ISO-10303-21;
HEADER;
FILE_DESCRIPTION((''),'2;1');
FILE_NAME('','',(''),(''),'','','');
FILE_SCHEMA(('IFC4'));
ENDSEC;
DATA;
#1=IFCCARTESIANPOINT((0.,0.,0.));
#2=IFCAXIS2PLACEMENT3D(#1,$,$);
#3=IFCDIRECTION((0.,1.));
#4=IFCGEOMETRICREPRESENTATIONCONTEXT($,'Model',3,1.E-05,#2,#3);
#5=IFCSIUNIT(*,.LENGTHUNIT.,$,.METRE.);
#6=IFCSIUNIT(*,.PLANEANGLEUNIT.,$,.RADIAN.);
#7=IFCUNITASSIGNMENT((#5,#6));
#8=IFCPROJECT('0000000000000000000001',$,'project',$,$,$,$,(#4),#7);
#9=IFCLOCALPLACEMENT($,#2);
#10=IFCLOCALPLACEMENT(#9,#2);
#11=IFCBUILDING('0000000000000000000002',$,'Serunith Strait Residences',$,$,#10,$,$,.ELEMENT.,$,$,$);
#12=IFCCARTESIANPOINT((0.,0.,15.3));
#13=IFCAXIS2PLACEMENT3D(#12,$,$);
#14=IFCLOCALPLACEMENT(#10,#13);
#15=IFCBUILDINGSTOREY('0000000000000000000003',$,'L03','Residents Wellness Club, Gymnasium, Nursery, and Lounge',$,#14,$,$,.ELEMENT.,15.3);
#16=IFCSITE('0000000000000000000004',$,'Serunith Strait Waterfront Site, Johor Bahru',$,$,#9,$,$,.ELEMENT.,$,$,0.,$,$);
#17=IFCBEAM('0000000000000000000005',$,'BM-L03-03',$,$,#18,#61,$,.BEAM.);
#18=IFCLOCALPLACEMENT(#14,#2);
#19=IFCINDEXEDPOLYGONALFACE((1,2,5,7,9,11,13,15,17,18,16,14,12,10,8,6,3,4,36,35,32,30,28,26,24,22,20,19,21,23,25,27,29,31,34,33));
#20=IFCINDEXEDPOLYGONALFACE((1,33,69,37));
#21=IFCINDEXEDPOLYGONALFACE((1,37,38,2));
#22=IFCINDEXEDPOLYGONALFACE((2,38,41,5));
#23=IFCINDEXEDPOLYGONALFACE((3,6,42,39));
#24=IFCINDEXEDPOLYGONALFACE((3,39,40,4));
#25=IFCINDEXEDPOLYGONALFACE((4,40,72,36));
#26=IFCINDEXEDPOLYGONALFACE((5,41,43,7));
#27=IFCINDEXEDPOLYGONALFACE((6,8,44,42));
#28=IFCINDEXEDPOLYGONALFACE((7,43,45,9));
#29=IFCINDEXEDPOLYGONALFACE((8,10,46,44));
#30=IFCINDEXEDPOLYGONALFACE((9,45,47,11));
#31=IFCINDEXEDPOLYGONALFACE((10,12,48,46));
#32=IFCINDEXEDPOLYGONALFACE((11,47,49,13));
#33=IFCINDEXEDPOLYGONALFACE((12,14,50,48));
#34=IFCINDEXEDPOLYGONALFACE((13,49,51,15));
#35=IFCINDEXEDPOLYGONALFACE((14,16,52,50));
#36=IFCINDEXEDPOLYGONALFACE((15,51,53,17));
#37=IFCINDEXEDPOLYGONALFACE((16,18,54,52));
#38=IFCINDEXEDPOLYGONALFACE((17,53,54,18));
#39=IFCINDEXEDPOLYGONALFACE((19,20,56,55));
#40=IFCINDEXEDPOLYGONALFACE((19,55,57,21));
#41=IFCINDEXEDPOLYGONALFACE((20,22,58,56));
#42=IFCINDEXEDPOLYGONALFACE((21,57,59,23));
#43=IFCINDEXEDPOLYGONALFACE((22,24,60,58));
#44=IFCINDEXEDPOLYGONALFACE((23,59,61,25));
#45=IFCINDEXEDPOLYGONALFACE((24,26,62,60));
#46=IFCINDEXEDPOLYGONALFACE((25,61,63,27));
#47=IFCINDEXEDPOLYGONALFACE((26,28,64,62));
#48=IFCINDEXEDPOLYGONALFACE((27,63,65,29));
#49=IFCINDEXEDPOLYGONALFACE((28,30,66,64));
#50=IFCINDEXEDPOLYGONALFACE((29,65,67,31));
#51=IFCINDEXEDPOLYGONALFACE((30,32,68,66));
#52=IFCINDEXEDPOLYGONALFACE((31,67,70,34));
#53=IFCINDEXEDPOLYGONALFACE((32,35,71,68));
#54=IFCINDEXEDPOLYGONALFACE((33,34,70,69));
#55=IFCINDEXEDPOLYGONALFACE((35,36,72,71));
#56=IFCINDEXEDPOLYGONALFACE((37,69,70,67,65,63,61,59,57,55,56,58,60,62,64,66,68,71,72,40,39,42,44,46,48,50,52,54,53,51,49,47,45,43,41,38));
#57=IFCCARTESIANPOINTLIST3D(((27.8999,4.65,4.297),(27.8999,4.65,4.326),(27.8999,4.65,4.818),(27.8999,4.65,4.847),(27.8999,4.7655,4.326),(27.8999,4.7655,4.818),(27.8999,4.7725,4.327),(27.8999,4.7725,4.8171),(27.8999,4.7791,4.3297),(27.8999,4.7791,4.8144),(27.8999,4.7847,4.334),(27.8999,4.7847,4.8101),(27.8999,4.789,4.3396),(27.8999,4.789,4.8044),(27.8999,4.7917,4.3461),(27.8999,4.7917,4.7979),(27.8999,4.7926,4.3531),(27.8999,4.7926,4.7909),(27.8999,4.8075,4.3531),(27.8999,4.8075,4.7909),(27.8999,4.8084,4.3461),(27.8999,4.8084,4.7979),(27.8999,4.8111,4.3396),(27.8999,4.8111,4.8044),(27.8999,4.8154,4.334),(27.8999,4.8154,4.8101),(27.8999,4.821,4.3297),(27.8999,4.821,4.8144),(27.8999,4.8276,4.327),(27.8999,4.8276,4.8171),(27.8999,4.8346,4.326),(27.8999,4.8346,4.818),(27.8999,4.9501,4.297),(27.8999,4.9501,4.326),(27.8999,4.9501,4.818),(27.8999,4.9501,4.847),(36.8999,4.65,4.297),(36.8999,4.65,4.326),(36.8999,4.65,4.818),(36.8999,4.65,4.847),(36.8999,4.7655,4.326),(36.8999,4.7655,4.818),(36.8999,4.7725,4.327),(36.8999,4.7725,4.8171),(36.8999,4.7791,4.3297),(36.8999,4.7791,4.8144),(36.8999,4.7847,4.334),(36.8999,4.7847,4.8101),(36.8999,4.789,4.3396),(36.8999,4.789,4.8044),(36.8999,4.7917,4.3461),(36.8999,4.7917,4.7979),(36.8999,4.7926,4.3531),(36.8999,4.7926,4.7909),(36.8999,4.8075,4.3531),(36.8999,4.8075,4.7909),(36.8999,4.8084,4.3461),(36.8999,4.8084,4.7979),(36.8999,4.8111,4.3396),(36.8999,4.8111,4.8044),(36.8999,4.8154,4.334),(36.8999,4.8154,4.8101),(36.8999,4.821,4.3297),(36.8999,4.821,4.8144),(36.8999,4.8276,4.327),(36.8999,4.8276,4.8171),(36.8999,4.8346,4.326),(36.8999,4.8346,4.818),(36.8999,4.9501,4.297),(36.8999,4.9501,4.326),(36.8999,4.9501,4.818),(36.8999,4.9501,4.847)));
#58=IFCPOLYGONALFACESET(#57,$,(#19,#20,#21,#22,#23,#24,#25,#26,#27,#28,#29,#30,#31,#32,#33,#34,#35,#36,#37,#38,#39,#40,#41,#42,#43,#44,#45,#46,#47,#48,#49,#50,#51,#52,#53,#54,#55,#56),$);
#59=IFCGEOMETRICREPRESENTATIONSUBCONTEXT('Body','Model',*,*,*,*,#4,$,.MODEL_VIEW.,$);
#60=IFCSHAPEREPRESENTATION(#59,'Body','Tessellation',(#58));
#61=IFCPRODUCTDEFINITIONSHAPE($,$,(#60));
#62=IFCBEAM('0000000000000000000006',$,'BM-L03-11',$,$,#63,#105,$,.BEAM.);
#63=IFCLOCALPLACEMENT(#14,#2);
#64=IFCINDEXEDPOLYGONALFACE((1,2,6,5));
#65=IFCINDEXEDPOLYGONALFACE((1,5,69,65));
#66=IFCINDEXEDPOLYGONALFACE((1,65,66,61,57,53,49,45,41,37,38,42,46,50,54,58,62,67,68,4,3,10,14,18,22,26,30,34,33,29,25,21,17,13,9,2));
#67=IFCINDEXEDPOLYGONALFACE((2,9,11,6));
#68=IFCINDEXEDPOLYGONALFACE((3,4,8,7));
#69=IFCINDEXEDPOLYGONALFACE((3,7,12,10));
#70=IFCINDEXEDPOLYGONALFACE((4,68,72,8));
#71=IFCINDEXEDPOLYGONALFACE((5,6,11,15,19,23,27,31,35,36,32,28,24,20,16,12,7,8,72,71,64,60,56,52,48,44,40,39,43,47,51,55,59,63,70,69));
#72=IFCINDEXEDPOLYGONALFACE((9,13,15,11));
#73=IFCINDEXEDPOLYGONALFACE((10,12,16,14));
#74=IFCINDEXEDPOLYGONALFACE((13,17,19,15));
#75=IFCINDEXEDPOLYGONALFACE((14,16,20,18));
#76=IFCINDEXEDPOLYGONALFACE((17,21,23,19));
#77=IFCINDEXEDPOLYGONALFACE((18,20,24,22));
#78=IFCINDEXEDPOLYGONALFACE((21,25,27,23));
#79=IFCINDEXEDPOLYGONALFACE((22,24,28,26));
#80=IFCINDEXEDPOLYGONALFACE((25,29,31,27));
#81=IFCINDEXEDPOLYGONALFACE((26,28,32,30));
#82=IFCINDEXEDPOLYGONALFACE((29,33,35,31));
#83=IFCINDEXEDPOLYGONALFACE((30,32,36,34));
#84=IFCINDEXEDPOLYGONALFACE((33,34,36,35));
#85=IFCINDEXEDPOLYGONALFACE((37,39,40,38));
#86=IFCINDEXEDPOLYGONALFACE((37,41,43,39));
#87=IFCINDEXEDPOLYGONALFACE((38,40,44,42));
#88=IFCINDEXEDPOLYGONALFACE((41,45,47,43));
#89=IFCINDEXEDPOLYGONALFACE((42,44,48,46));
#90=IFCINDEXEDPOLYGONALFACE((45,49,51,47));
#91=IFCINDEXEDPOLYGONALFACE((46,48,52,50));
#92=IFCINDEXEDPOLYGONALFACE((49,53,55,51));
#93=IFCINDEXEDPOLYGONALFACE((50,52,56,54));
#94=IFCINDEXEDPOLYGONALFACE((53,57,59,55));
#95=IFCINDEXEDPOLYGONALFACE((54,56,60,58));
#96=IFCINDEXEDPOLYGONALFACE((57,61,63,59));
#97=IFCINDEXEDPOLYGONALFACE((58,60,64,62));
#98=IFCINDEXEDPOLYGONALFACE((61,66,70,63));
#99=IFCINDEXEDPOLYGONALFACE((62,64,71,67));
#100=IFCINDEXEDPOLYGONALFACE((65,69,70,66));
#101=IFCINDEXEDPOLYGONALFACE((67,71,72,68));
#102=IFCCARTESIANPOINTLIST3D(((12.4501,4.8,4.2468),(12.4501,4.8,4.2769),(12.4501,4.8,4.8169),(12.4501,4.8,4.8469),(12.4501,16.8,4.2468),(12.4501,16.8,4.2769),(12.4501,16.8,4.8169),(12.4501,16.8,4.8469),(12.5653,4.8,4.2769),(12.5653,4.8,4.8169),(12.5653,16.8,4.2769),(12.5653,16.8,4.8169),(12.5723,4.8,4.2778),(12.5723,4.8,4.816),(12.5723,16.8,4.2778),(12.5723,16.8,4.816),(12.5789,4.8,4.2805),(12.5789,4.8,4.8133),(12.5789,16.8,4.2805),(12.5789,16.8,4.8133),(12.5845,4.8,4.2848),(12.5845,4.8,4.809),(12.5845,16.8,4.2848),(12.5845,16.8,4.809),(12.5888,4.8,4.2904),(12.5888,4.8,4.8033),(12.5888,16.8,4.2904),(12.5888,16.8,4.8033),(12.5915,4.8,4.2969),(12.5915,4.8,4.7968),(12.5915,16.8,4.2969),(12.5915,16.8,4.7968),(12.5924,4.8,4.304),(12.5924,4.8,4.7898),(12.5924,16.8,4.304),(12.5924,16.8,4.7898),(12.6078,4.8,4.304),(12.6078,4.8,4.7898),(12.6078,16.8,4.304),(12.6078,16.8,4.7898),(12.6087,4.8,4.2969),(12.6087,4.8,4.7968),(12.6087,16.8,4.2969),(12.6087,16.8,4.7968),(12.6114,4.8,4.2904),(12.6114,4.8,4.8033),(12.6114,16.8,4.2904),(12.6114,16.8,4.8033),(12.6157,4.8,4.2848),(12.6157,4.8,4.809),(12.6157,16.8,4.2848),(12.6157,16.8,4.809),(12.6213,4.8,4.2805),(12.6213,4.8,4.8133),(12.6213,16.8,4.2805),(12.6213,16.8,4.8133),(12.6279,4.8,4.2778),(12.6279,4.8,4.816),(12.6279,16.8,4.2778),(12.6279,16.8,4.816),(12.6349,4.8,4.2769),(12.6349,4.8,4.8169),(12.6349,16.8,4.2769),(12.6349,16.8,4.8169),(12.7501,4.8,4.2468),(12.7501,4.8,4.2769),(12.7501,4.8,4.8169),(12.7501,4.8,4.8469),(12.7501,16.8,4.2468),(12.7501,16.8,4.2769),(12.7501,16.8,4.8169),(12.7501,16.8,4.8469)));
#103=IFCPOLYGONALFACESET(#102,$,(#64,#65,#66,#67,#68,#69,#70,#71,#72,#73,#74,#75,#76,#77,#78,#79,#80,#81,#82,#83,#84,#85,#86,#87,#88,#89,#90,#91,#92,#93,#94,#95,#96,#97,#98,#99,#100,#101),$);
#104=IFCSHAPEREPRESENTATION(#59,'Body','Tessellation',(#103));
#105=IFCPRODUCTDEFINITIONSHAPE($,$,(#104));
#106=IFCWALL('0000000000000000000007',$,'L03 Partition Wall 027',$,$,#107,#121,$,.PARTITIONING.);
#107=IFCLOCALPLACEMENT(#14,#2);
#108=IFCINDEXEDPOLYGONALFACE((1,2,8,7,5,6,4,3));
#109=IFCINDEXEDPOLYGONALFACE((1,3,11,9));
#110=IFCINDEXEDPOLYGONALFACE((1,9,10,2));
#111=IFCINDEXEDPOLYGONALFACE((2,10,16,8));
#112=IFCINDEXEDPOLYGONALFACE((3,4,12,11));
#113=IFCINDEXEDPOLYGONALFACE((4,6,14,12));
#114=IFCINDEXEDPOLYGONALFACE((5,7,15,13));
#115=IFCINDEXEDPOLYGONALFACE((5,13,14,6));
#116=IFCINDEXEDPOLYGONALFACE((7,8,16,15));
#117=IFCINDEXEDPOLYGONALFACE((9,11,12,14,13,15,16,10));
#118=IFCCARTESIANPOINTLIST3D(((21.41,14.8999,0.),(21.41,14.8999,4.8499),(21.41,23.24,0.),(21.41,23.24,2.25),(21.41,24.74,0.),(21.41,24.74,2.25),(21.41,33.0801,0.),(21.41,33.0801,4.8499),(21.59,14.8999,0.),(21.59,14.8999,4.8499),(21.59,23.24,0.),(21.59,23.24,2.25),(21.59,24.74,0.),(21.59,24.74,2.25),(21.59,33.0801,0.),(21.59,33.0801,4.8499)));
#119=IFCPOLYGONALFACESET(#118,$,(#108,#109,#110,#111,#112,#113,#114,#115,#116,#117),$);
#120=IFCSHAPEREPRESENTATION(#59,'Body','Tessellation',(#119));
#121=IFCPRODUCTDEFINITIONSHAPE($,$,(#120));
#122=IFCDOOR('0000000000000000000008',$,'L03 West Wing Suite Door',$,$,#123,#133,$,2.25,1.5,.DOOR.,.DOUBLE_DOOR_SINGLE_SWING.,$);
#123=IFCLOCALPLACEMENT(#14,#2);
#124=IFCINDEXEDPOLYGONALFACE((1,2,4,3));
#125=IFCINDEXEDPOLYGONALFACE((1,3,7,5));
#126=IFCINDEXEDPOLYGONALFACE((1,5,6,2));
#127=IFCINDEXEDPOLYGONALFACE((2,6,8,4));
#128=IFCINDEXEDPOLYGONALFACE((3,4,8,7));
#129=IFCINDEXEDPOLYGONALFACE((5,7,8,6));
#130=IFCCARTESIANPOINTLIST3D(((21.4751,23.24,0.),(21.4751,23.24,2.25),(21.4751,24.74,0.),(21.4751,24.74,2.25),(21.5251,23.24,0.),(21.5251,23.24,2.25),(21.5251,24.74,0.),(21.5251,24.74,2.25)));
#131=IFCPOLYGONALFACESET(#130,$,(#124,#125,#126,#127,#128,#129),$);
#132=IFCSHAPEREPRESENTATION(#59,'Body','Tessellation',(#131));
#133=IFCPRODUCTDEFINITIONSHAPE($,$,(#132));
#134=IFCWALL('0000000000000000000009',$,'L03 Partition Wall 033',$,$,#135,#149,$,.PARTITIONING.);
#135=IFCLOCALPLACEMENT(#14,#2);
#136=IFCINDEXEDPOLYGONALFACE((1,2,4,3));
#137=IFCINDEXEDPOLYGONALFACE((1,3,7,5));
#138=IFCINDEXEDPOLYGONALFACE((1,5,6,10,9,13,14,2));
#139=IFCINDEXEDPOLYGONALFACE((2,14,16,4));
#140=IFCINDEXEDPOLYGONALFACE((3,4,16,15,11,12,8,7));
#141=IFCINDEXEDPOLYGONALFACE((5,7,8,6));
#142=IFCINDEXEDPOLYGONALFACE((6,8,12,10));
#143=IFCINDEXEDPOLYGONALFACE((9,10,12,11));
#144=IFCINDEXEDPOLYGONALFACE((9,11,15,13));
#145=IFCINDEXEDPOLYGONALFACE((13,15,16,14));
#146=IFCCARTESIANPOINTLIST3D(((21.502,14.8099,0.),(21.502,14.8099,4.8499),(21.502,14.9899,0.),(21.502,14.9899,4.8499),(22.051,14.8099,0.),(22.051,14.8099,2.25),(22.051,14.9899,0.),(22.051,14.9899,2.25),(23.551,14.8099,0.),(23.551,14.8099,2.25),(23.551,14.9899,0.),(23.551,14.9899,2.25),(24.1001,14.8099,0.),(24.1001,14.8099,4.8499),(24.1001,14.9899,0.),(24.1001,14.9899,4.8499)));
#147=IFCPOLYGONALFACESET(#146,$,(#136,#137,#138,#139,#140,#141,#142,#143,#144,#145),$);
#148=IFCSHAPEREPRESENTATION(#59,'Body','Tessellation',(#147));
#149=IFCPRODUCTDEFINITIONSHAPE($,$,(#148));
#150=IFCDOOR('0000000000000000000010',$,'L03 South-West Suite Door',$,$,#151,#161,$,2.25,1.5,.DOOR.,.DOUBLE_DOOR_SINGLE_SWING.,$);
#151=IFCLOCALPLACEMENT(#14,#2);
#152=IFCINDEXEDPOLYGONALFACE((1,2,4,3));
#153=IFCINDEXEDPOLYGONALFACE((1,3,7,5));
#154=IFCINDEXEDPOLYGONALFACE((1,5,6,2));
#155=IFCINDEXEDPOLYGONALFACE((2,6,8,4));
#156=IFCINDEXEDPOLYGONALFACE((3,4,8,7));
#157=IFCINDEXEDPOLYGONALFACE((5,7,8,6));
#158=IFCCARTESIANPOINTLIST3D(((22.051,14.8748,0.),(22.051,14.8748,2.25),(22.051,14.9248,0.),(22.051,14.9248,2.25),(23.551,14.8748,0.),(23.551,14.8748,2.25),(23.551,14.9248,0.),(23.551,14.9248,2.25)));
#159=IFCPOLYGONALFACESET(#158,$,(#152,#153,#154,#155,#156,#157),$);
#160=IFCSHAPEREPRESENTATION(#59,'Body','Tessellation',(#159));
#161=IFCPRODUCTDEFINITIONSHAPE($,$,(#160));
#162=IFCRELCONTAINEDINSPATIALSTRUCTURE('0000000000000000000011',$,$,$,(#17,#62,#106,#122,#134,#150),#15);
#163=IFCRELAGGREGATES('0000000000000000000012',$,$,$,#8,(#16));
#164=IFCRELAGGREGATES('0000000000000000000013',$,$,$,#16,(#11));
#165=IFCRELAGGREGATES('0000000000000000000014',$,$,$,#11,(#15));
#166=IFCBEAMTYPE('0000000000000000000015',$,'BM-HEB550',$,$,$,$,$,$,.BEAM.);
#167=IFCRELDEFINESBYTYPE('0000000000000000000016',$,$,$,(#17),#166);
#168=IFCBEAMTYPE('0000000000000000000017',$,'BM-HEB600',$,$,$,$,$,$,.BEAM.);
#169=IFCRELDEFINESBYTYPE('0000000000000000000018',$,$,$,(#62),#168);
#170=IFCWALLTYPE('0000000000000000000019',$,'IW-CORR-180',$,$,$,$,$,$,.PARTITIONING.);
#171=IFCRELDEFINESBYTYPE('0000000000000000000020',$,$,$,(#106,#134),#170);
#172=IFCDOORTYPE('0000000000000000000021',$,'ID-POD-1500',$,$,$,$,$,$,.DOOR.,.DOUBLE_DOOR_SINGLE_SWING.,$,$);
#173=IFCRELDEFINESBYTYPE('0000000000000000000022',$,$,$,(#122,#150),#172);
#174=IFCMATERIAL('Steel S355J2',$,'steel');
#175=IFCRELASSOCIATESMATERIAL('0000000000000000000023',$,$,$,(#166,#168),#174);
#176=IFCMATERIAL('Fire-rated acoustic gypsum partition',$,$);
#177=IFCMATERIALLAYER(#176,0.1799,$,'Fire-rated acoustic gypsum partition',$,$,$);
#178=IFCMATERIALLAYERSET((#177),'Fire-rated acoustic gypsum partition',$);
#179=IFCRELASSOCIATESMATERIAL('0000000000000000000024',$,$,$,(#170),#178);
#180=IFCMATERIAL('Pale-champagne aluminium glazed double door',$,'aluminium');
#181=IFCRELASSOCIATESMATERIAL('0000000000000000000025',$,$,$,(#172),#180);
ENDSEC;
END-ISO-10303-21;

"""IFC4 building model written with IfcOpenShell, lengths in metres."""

from ifc_helpers import new_model, si_unit, direction, frame, frame_2d, origin, origin_2d, place, context, subcontext, project, spatial, rectangle, i_section, extrude, source, transform, mapped, material, layer, layer_set, material_profile, profile_set, type_object, element, fill, save


model = new_model("IFC4")

# Units and contexts
model_context = context("Model", 3, precision=1e-05, world=origin(), true_north=direction((0.0, 1.0)))
body_context = subcontext(model_context, "Body", "Model", "MODEL_VIEW")
ifc_project = project(units=[si_unit("LENGTHUNIT", "METRE"), si_unit("PLANEANGLEUNIT", "RADIAN")], contexts=[model_context])

# Site, building, storey
site_placement = place(None, origin())
site = spatial("IfcSite", under=ifc_project, at=site_placement, Name="Serunith Strait Waterfront Site, Johor Bahru", CompositionType="ELEMENT", RefElevation=0.0)
building_placement = place(site_placement, origin())
building = spatial("IfcBuilding", under=site, at=building_placement, Name="Serunith Strait Residences", CompositionType="ELEMENT")
storey_placement = place(building_placement, frame((0.0, 0.0, 15.3)))
storey = spatial("IfcBuildingStorey", under=building, at=storey_placement, Name="L03", Description="Residents Wellness Club, Gymnasium, Nursery, and Lounge", CompositionType="ELEMENT", Elevation=15.3)

# Beams
ifc_material_1 = material(Name="Steel S355J2", Category="steel")
ifc_material_profile_1 = material_profile(ifc_material_1, i_section(OverallWidth=0.3, OverallDepth=0.55, WebThickness=0.0149, FlangeThickness=0.0291, FilletRadius=0.0271, at=origin_2d()), Name="HEB 550")
ifc_profile_set_1 = profile_set([ifc_material_profile_1], Name="Steel S355J2")
beam_type_1 = type_object("IfcBeamType", Name="BM-HEB550", PredefinedType="BEAM", material=ifc_profile_set_1)
shared_shape_1 = source(origin(), body_context, "Body", "SweptSolid", [
    extrude(i_section(OverallWidth=0.3, OverallDepth=0.55, WebThickness=0.0149, FlangeThickness=0.0291, FilletRadius=0.0271, at=origin_2d()), origin(), (0.0, 0.0, 1.0), 9.0),
])
beam_1_placement = place(storey_placement, frame((27.8999, 4.8, 4.572), z_axis=(1.0, 0.0, 0.0), x_axis=(0.0, 1.0, 0.0)))
element("IfcBeam", 1, at=beam_1_placement, inside=storey, type_object=beam_type_1, Name="BM-L03-03", PredefinedType="BEAM", context=body_context, shape_type="MappedRepresentation", body=[
    mapped(shared_shape_1, transform((0.0, 0.0, 0.0), scale=1.0)),
])
ifc_material_profile_2 = material_profile(ifc_material_1, i_section(OverallWidth=0.3, OverallDepth=0.6001, WebThickness=0.0154, FlangeThickness=0.03, FilletRadius=0.0271, at=origin_2d()), Name="HEB 600")
ifc_profile_set_2 = profile_set([ifc_material_profile_2], Name="Steel S355J2")
beam_type_2 = type_object("IfcBeamType", Name="BM-HEB600", PredefinedType="BEAM", material=ifc_profile_set_2)
shared_shape_2 = source(origin(), body_context, "Body", "SweptSolid", [
    extrude(i_section(OverallWidth=0.3, OverallDepth=0.6001, WebThickness=0.0154, FlangeThickness=0.03, FilletRadius=0.0271, at=origin_2d()), origin(), (0.0, 0.0, 1.0), 12.0),
])
beam_2_placement = place(storey_placement, frame((12.6001, 4.8, 4.5469), z_axis=(0.0, 1.0, 0.0), x_axis=(-1.0, 0.0, 0.0)))
element("IfcBeam", 2, at=beam_2_placement, inside=storey, type_object=beam_type_2, Name="BM-L03-11", PredefinedType="BEAM", context=body_context, shape_type="MappedRepresentation", body=[
    mapped(shared_shape_2, transform((0.0, 0.0, 0.0), scale=1.0)),
])

# Walls, openings, doors
ifc_material_2 = material(Name="Fire-rated acoustic gypsum partition")
ifc_layer = layer(ifc_material_2, 0.1799, Name="Fire-rated acoustic gypsum partition")
ifc_layer_set = layer_set([ifc_layer], Name="Fire-rated acoustic gypsum partition")
wall_type = type_object("IfcWallType", Name="IW-CORR-180", PredefinedType="PARTITIONING", material=ifc_layer_set)
wall_1_placement = place(storey_placement, frame((21.5, 14.8999, 0.0), z_axis=(0.0, 0.0, 1.0), x_axis=(0.0, 1.0, 0.0)))
wall_1 = element("IfcWall", 3, at=wall_1_placement, inside=storey, type_object=wall_type, Name="L03 Partition Wall 027", PredefinedType="PARTITIONING", context=body_context, shape_type="SweptSolid", body=[
    extrude(rectangle(XDim=18.1802, YDim=0.1799, at=frame_2d((9.0901, 0.0))), origin(), (0.0, 0.0, 1.0), 4.8499),
])
opening_1_placement = place(wall_1_placement, frame((8.3401, 0.0, 0.0)))
opening_1 = element("IfcOpeningElement", 4, at=opening_1_placement, cuts=wall_1, PredefinedType="OPENING", context=body_context, shape_type="SweptSolid", body=[
    extrude(rectangle(XDim=1.5, YDim=2.25, at=frame_2d((0.75, 1.125))), frame((0.0, 0.1001, 0.0), z_axis=(0.0, -1.0, 0.0), x_axis=(1.0, 0.0, 0.0)), (0.0, 0.0, 1.0), 0.2),
])
ifc_material_3 = material(Name="Pale-champagne aluminium glazed double door", Category="aluminium")
door_type_1 = type_object("IfcDoorType", Name="ID-POD-1500", OperationType="DOUBLE_DOOR_SINGLE_SWING", PredefinedType="DOOR", material=ifc_material_3)
shared_shape_3 = source(origin(), body_context, "Body", "SweptSolid", [
    extrude(rectangle(XDim=1.5, YDim=2.25, at=frame_2d((0.75, 1.125))), frame((0.0, 0.0249, 0.0), z_axis=(0.0, -1.0, 0.0), x_axis=(1.0, 0.0, 0.0)), (0.0, 0.0, 1.0), 0.05),
])
door_1_placement = place(opening_1_placement, origin())
door_1 = element("IfcDoor", 5, at=door_1_placement, inside=storey, type_object=door_type_1, Name="L03 West Wing Suite Door", OperationType="DOUBLE_DOOR_SINGLE_SWING", OverallHeight=2.25, OverallWidth=1.5, PredefinedType="DOOR", context=body_context, shape_type="MappedRepresentation", body=[
    mapped(shared_shape_3, transform((0.0, 0.0, 0.0), scale=1.0)),
])
fill(opening_1, door_1)
wall_2_placement = place(storey_placement, frame((21.502, 14.8999, 0.0), z_axis=(0.0, 0.0, 1.0), x_axis=(1.0, 0.0, 0.0)))
wall_2 = element("IfcWall", 6, at=wall_2_placement, inside=storey, type_object=wall_type, Name="L03 Partition Wall 033", PredefinedType="PARTITIONING", context=body_context, shape_type="SweptSolid", body=[
    extrude(rectangle(XDim=2.5981, YDim=0.1799, at=frame_2d((1.2991, 0.0))), origin(), (0.0, 0.0, 1.0), 4.8499),
])
opening_2_placement = place(wall_2_placement, frame((0.5491, 0.0, 0.0)))
opening_2 = element("IfcOpeningElement", 7, at=opening_2_placement, cuts=wall_2, PredefinedType="OPENING", context=body_context, shape_type="SweptSolid", body=[
    extrude(rectangle(XDim=1.5, YDim=2.25, at=frame_2d((0.75, 1.125))), frame((0.0, 0.1001, 0.0), z_axis=(0.0, -1.0, 0.0), x_axis=(1.0, 0.0, 0.0)), (0.0, 0.0, 1.0), 0.2),
])
door_2_placement = place(opening_2_placement, origin())
door_2 = element("IfcDoor", 8, at=door_2_placement, inside=storey, type_object=door_type_1, Name="L03 South-West Suite Door", OperationType="DOUBLE_DOOR_SINGLE_SWING", OverallHeight=2.25, OverallWidth=1.5, PredefinedType="DOOR", context=body_context, shape_type="MappedRepresentation", body=[
    mapped(shared_shape_3, transform((0.0, 0.0, 0.0), scale=1.0)),
])
fill(opening_2, door_2)

save(model, "model.ifc")
